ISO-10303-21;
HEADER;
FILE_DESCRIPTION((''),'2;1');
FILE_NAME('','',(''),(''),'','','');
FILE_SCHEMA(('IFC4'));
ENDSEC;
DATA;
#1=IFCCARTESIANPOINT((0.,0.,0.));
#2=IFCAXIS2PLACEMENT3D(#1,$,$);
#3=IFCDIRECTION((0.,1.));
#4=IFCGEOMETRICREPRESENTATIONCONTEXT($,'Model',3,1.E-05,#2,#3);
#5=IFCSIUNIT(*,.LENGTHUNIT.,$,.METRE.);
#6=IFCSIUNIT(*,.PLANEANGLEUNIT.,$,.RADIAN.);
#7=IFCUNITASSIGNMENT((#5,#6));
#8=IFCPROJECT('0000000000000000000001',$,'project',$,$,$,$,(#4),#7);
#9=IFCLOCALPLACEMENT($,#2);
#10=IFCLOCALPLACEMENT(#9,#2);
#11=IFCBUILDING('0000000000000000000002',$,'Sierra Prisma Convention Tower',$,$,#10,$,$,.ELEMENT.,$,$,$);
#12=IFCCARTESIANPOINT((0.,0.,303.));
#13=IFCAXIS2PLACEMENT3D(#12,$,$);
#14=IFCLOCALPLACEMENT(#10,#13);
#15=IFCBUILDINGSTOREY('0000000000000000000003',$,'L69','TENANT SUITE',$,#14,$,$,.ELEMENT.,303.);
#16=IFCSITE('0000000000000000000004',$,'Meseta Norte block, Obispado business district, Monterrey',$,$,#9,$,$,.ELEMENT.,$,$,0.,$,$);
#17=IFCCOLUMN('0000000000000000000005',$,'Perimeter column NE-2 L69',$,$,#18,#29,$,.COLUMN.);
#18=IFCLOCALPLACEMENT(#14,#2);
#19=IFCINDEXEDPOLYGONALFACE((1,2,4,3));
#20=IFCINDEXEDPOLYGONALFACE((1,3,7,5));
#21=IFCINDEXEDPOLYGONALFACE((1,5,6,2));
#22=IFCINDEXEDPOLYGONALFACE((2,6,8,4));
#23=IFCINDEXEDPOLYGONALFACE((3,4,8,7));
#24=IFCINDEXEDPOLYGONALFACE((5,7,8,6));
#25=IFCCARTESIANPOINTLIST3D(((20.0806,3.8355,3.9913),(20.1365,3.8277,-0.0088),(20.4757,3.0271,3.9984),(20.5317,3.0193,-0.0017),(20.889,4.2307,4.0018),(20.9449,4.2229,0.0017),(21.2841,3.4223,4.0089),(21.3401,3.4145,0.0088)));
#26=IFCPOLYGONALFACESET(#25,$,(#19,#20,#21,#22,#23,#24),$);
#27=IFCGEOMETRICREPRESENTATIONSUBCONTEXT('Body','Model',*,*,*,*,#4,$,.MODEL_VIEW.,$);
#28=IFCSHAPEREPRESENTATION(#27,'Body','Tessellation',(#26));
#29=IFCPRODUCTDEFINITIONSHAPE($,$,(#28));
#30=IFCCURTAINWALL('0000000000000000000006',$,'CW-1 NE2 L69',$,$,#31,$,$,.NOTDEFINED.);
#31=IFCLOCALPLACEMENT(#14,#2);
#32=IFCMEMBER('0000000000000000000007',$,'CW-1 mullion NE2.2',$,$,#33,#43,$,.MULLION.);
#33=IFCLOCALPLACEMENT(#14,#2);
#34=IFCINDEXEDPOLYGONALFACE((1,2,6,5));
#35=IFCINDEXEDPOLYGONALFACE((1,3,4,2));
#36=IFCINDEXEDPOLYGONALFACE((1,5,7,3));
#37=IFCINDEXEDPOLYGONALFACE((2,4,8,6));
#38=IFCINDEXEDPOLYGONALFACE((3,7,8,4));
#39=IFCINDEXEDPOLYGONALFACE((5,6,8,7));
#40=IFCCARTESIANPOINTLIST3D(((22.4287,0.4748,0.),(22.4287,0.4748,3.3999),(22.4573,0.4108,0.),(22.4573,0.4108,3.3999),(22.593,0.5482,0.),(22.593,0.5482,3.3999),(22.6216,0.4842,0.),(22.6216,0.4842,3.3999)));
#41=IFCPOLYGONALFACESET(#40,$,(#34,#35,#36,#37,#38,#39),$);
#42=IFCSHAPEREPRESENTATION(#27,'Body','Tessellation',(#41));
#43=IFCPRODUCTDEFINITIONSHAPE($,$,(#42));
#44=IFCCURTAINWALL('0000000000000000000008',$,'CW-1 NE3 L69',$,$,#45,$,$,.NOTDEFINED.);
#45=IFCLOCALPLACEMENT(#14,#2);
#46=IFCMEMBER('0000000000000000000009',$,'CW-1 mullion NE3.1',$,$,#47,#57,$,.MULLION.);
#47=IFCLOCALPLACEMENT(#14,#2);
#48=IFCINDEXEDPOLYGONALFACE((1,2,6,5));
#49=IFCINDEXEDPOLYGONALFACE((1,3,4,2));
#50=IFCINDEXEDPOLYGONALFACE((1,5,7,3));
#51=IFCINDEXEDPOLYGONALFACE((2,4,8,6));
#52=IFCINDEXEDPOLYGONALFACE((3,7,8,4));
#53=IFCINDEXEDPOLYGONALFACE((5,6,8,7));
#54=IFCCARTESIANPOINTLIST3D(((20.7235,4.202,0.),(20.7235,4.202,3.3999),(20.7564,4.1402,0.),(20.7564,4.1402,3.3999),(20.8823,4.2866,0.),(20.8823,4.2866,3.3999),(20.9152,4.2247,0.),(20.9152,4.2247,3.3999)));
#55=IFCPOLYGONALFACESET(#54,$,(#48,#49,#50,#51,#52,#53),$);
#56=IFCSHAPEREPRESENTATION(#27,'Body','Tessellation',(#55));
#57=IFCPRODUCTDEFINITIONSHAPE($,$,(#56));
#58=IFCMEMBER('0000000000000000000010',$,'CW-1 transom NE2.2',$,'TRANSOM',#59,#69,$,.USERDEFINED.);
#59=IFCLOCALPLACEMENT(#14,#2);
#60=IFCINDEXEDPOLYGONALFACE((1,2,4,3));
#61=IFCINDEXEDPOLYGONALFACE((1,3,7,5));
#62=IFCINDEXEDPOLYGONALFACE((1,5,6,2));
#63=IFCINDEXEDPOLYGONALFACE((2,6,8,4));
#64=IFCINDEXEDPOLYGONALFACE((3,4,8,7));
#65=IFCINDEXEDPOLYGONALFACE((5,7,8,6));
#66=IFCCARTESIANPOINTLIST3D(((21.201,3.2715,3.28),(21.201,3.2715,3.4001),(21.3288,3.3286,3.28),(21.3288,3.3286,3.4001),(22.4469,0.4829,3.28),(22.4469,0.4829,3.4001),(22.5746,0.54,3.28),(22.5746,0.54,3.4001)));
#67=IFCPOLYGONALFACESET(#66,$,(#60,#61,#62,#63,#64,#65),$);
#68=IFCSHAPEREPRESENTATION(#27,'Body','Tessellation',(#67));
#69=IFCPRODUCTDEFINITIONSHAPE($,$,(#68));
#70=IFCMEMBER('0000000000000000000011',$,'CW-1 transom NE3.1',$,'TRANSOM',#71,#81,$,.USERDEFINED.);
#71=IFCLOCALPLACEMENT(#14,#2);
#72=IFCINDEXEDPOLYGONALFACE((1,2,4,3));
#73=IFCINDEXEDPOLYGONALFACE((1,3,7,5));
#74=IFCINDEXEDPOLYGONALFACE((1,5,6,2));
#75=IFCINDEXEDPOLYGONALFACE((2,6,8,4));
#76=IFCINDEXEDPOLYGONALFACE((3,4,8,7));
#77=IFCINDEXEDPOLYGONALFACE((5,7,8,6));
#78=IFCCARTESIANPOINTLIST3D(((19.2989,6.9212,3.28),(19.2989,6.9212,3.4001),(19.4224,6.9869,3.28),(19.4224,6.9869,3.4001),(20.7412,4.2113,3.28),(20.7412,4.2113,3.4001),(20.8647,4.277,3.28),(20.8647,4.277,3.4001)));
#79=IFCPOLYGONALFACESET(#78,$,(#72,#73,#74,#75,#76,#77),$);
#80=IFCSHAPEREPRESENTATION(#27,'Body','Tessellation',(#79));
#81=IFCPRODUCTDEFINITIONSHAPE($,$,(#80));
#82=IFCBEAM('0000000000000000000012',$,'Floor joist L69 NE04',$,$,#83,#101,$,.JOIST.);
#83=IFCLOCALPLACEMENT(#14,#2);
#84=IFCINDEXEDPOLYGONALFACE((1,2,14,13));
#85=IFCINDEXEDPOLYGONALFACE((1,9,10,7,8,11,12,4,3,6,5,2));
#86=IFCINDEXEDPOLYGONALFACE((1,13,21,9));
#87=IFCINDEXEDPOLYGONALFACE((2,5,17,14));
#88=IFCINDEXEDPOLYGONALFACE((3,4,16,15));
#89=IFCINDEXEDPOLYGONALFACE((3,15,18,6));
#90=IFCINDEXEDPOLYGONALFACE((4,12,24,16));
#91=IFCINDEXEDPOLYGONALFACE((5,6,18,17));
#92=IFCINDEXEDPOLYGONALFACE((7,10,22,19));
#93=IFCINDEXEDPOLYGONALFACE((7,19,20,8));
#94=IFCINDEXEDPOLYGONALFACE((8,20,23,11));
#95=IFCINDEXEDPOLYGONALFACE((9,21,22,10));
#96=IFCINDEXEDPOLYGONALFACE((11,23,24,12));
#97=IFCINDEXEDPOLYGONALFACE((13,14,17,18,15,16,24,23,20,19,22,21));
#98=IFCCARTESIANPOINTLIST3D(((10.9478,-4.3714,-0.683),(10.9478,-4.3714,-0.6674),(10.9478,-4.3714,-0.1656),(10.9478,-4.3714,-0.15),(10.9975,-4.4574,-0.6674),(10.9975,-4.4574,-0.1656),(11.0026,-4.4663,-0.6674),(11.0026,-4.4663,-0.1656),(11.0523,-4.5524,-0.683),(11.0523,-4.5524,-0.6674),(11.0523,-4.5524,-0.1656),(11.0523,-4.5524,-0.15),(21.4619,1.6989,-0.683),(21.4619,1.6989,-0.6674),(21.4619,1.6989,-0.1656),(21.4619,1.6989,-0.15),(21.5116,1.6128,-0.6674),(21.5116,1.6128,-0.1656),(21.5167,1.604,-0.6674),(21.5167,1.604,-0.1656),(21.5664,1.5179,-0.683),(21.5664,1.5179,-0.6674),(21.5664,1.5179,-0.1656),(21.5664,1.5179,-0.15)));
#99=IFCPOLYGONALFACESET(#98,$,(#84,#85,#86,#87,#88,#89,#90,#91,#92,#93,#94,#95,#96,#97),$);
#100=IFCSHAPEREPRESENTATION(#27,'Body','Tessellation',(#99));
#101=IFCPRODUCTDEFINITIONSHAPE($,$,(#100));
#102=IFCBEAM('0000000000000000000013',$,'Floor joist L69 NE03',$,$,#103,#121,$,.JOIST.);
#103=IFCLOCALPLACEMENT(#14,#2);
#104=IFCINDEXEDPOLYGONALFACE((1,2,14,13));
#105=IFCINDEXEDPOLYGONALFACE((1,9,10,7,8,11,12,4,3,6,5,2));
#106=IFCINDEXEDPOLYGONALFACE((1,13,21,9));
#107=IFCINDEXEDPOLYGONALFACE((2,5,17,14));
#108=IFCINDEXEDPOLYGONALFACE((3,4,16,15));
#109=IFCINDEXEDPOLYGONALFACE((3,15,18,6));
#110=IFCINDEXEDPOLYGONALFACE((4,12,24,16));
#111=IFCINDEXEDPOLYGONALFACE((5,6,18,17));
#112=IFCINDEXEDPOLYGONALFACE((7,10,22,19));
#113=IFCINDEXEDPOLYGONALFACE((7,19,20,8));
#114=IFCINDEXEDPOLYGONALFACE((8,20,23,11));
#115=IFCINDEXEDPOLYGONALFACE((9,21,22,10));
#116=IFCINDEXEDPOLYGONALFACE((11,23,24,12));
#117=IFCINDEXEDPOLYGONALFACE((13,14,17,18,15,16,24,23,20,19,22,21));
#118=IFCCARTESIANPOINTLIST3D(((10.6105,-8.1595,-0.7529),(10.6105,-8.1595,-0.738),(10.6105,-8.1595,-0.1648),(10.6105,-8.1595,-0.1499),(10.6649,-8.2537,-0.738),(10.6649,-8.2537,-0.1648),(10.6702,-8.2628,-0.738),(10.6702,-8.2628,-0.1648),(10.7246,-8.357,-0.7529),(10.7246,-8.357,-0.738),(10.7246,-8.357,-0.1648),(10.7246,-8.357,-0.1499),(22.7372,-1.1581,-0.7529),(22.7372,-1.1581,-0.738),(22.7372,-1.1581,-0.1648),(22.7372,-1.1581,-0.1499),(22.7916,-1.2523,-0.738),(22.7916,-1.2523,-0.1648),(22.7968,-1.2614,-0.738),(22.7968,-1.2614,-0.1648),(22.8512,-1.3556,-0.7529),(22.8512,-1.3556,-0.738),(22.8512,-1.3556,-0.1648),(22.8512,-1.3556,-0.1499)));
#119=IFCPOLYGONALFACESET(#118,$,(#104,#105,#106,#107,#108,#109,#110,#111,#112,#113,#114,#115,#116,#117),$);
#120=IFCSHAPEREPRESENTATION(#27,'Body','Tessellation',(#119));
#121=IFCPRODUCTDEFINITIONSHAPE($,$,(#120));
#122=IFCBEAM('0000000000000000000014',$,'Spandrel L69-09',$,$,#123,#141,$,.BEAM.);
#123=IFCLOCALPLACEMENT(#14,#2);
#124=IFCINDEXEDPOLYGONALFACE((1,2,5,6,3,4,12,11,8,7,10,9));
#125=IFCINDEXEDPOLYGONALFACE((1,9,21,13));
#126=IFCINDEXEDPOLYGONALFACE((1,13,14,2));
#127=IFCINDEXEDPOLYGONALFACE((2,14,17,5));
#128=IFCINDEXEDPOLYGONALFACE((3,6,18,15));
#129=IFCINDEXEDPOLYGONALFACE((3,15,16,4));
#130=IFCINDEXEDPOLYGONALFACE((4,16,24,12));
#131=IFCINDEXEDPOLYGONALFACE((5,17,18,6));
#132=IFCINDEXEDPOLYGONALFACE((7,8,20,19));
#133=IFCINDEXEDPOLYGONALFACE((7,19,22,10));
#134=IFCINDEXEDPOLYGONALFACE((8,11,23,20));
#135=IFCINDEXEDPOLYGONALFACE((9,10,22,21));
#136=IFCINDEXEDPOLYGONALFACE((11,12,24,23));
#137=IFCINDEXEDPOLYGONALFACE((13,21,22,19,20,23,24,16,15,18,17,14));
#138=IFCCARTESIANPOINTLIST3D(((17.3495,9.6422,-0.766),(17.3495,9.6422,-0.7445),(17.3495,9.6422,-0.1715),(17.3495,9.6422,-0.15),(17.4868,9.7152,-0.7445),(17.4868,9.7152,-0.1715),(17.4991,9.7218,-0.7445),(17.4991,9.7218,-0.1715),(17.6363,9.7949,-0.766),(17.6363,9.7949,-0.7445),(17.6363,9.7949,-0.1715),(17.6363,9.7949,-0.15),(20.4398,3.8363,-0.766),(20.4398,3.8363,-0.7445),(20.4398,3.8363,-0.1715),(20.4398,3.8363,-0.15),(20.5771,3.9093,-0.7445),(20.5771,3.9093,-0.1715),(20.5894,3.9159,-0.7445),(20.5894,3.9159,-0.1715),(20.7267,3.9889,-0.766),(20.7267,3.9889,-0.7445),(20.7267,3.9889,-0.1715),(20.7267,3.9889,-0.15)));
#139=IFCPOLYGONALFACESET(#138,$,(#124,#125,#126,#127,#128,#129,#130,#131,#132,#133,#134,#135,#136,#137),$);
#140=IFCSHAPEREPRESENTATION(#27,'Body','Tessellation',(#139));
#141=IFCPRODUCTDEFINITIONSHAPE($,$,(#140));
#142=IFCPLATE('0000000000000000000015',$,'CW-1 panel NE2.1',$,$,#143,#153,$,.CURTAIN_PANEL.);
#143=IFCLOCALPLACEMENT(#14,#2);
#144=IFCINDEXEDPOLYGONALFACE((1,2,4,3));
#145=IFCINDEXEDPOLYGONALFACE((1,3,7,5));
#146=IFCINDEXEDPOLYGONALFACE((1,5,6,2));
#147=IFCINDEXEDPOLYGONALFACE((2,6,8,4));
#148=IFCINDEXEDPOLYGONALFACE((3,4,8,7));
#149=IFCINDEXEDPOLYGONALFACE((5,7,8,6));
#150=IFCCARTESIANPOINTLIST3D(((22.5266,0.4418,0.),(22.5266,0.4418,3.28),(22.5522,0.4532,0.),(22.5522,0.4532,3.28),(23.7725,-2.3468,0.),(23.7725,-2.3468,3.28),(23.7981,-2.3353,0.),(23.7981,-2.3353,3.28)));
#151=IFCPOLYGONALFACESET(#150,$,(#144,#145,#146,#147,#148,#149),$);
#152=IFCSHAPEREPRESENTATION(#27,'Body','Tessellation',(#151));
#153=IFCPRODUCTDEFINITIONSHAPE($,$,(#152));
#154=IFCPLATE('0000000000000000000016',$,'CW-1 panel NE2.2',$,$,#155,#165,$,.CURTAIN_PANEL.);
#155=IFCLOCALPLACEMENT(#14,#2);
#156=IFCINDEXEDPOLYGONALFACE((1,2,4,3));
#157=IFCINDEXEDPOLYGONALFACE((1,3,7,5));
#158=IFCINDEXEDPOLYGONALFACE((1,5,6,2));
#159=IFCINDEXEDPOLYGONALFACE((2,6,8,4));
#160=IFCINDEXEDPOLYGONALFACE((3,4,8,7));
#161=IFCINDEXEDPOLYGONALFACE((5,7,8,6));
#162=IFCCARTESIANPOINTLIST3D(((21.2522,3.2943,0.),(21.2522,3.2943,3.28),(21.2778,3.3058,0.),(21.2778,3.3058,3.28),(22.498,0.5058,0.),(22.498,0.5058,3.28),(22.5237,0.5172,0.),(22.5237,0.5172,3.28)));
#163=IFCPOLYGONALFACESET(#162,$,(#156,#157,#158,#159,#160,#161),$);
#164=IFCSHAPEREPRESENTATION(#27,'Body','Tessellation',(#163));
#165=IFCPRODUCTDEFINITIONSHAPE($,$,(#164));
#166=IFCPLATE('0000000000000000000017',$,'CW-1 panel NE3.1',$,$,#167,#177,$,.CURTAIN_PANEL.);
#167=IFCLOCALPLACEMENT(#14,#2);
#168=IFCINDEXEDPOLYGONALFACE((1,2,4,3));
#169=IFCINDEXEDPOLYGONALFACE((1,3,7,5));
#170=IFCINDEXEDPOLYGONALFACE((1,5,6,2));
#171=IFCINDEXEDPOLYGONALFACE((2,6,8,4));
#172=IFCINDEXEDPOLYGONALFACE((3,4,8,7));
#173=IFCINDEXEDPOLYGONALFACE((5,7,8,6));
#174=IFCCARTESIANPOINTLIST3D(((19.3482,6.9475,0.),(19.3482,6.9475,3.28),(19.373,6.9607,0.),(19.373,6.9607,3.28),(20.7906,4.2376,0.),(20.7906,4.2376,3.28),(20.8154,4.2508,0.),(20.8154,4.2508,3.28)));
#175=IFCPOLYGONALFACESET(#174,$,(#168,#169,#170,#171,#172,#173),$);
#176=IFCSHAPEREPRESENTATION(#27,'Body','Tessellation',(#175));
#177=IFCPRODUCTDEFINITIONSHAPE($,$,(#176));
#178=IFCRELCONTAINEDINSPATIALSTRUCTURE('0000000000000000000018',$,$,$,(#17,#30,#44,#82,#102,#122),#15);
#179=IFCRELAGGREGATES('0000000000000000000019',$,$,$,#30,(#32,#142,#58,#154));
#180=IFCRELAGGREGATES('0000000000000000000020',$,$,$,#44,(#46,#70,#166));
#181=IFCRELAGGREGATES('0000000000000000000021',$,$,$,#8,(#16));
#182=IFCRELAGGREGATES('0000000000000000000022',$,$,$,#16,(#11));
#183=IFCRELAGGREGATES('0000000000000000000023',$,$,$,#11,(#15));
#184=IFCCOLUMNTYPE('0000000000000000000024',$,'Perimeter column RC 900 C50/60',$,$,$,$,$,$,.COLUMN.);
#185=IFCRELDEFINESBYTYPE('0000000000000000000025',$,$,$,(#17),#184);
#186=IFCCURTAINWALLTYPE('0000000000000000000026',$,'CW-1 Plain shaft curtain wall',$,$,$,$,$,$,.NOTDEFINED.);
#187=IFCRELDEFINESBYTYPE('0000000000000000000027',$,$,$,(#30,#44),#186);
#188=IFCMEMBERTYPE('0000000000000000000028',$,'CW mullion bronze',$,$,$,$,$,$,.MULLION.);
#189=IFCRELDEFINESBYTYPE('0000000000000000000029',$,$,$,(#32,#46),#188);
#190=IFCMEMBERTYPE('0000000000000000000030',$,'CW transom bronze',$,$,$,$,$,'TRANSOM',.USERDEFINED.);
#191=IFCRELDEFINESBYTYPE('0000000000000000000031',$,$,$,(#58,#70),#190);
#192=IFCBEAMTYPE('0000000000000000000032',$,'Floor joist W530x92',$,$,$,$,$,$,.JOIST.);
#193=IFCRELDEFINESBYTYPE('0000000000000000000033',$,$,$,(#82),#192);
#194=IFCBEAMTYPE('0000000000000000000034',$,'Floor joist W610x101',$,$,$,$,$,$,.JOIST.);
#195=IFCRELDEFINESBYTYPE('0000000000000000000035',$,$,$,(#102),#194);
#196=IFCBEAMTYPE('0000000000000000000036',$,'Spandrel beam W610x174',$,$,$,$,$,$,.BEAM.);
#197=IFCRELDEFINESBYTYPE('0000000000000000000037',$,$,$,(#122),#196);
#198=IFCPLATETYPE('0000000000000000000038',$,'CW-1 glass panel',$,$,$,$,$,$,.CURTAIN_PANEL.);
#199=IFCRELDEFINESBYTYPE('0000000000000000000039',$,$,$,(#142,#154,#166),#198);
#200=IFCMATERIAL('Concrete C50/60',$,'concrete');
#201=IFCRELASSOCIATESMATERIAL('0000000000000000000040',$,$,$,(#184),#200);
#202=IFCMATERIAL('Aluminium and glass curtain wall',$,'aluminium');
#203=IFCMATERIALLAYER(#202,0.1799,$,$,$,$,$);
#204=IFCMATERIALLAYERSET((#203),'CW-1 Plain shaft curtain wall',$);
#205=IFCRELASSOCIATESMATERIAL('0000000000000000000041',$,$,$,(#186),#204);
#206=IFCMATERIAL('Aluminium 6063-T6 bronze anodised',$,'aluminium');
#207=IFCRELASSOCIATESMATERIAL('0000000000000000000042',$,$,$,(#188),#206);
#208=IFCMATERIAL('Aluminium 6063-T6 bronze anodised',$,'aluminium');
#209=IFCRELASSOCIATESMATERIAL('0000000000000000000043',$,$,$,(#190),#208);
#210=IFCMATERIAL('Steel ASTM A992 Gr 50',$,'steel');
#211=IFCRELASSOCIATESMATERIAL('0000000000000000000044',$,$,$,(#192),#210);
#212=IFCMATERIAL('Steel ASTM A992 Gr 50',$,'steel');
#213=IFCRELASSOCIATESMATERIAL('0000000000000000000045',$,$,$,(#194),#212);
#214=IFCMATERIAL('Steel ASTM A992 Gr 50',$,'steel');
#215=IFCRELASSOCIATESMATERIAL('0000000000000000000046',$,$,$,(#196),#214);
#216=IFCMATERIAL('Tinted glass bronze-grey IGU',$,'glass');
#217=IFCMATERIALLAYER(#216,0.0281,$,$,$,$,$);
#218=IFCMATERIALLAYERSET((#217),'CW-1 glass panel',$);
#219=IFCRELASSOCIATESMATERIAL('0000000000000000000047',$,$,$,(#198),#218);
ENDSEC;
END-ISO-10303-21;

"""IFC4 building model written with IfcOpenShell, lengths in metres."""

from ifc_helpers import new_model, si_unit, direction, frame, origin, origin_2d, place, context, subcontext, project, spatial, rectangle, i_section, extrude, material, layer, layer_set, material_profile, profile_set, type_object, element, aggregate, save


model = new_model("IFC4")

# Units and contexts
model_context = context("Model", 3, precision=1e-05, world=origin(), true_north=direction((0.0, 1.0)))
body_context = subcontext(model_context, "Body", "Model", "MODEL_VIEW")
ifc_project = project(units=[si_unit("LENGTHUNIT", "METRE"), si_unit("PLANEANGLEUNIT", "RADIAN")], contexts=[model_context])

# Site, building, storey
site_placement = place(None, origin())
site = spatial("IfcSite", under=ifc_project, at=site_placement, Name="Meseta Norte block, Obispado business district, Monterrey", CompositionType="ELEMENT", RefElevation=0.0)
building_placement = place(site_placement, origin())
building = spatial("IfcBuilding", under=site, at=building_placement, Name="Sierra Prisma Convention Tower", CompositionType="ELEMENT")
storey_placement = place(building_placement, frame((0.0, 0.0, 303.0)))
storey = spatial("IfcBuildingStorey", under=building, at=storey_placement, Name="L69", Description="TENANT SUITE", CompositionType="ELEMENT", Elevation=303.0)

# Column
ifc_material_1 = material(Name="Concrete C50/60", Category="concrete")
ifc_material_profile_1 = material_profile(ifc_material_1, rectangle(XDim=0.8999, YDim=0.8999, at=origin_2d()), Name="Perimeter column RC 900 C50/60")
ifc_profile_set_1 = profile_set([ifc_material_profile_1], Name="Concrete C50/60")
column_type = type_object("IfcColumnType", Name="Perimeter column RC 900 C50/60", PredefinedType="COLUMN", material=ifc_profile_set_1)
column_placement = place(storey_placement, frame((20.7383, 3.6211, 0.0), z_axis=(-0.013976, 0.001953, 0.9999), x_axis=(-0.4391, 0.898404, -0.007892)))
element("IfcColumn", 1, at=column_placement, inside=storey, type_object=column_type, Name="Perimeter column NE-2 L69", PredefinedType="COLUMN", context=body_context, shape_type="SweptSolid", body=[
    extrude(rectangle(XDim=0.8999, YDim=0.8999, at=origin_2d()), origin(), (0.0, 0.0, 1.0), 4.0005),
])

# Curtain walls, members
ifc_material_2 = material(Name="Aluminium and glass curtain wall", Category="aluminium")
ifc_layer_1 = layer(ifc_material_2, 0.1799)
ifc_layer_set_1 = layer_set([ifc_layer_1], Name="CW-1 Plain shaft curtain wall")
curtain_wall_type = type_object("IfcCurtainWallType", Name="CW-1 Plain shaft curtain wall", PredefinedType="NOTDEFINED", material=ifc_layer_set_1)
curtain_wall_1_placement = place(storey_placement, origin())
curtain_wall_1 = element("IfcCurtainWall", 2, at=curtain_wall_1_placement, inside=storey, type_object=curtain_wall_type, Name="CW-1 NE2 L69", PredefinedType="NOTDEFINED")
ifc_material_3 = material(Name="Aluminium 6063-T6 bronze anodised", Category="aluminium")
ifc_material_profile_2 = material_profile(ifc_material_3, rectangle(XDim=0.1799, YDim=0.0701, at=origin_2d()), Name="ALU MULLION 70x180")
ifc_profile_set_2 = profile_set([ifc_material_profile_2], Name="Aluminium 6063-T6 bronze anodised")
member_type_1 = type_object("IfcMemberType", Name="CW mullion bronze", PredefinedType="MULLION", material=ifc_profile_set_2)
member_1_placement = place(storey_placement, frame((22.5251, 0.4795, 0.0), z_axis=(0.0, 0.0, 1.0), x_axis=(-0.91302, -0.407914, 0.0)))
member_1 = element("IfcMember", 3, at=member_1_placement, type_object=member_type_1, Name="CW-1 mullion NE2.2", PredefinedType="MULLION", context=body_context, shape_type="SweptSolid", body=[
    extrude(rectangle(XDim=0.1799, YDim=0.0701, at=origin_2d()), origin(), (0.0, 0.0, 1.0), 3.3999),
])
curtain_wall_2_placement = place(storey_placement, origin())
curtain_wall_2 = element("IfcCurtainWall", 4, at=curtain_wall_2_placement, inside=storey, type_object=curtain_wall_type, Name="CW-1 NE3 L69", PredefinedType="NOTDEFINED")
member_2_placement = place(storey_placement, frame((20.8193, 4.2134, 0.0), z_axis=(0.0, 0.0, 1.0), x_axis=(-0.882746, -0.469851, 0.0)))
member_2 = element("IfcMember", 5, at=member_2_placement, type_object=member_type_1, Name="CW-1 mullion NE3.1", PredefinedType="MULLION", context=body_context, shape_type="SweptSolid", body=[
    extrude(rectangle(XDim=0.1799, YDim=0.0701, at=origin_2d()), origin(), (0.0, 0.0, 1.0), 3.3999),
])

# Members
ifc_material_4 = material(Name="Aluminium 6063-T6 bronze anodised", Category="aluminium")
ifc_material_profile_3 = material_profile(ifc_material_4, rectangle(XDim=0.1399, YDim=0.1201, at=origin_2d()), Name="ALU TRANSOM 120x140")
ifc_profile_set_3 = profile_set([ifc_material_profile_3], Name="Aluminium 6063-T6 bronze anodised")
member_type_2 = type_object("IfcMemberType", Name="CW transom bronze", ElementType="TRANSOM", PredefinedType="USERDEFINED", material=ifc_profile_set_3)
member_3_placement = place(storey_placement, frame((22.5107, 0.5115, 3.3401), z_axis=(-0.40791, 0.913022, 0.0), x_axis=(-0.913022, -0.40791, 0.0)))
member_3 = element("IfcMember", 6, at=member_3_placement, type_object=member_type_2, Name="CW-1 transom NE2.2", ObjectType="TRANSOM", PredefinedType="USERDEFINED", context=body_context, shape_type="SweptSolid", body=[
    extrude(rectangle(XDim=0.1399, YDim=0.1201, at=origin_2d()), origin(), (0.0, 0.0, 1.0), 3.0542),
])
member_4_placement = place(storey_placement, frame((20.803, 4.2441, 3.3401), z_axis=(-0.469845, 0.882749, 0.0), x_axis=(-0.882749, -0.469845, 0.0)))
member_4 = element("IfcMember", 7, at=member_4_placement, type_object=member_type_2, Name="CW-1 transom NE3.1", ObjectType="TRANSOM", PredefinedType="USERDEFINED", context=body_context, shape_type="SweptSolid", body=[
    extrude(rectangle(XDim=0.1399, YDim=0.1201, at=origin_2d()), origin(), (0.0, 0.0, 1.0), 3.0698),
])

# Beams
ifc_material_5 = material(Name="Steel ASTM A992 Gr 50", Category="steel")
ifc_material_profile_4 = material_profile(ifc_material_5, i_section(OverallWidth=0.209, OverallDepth=0.533, WebThickness=0.0103, FlangeThickness=0.0156, at=origin_2d()), Name="W530x92")
ifc_profile_set_4 = profile_set([ifc_material_profile_4], Name="Steel ASTM A992 Gr 50")
beam_type_1 = type_object("IfcBeamType", Name="Floor joist W530x92", PredefinedType="JOIST", material=ifc_profile_set_4)
beam_1_placement = place(storey_placement, frame((21.5142, 1.6084, -0.4165), z_axis=(-0.866027, -0.499997, 0.0), x_axis=(0.499997, -0.866027, 0.0)))
element("IfcBeam", 8, at=beam_1_placement, inside=storey, type_object=beam_type_1, Name="Floor joist L69 NE04", PredefinedType="JOIST", context=body_context, shape_type="SweptSolid", body=[
    extrude(i_section(OverallWidth=0.209, OverallDepth=0.533, WebThickness=0.0103, FlangeThickness=0.0156, at=origin_2d()), origin(), (0.0, 0.0, 1.0), 12.1406),
])
ifc_material_6 = material(Name="Steel ASTM A992 Gr 50", Category="steel")
ifc_material_profile_5 = material_profile(ifc_material_6, i_section(OverallWidth=0.228, OverallDepth=0.603, WebThickness=0.0105, FlangeThickness=0.0149, at=origin_2d()), Name="W610x101")
ifc_profile_set_5 = profile_set([ifc_material_profile_5], Name="Steel ASTM A992 Gr 50")
beam_type_2 = type_object("IfcBeamType", Name="Floor joist W610x101", PredefinedType="JOIST", material=ifc_profile_set_5)
beam_2_placement = place(storey_placement, frame((22.7942, -1.2568, -0.4514), z_axis=(-0.866022, -0.500006, 0.0), x_axis=(0.500006, -0.866022, 0.0)))
element("IfcBeam", 9, at=beam_2_placement, inside=storey, type_object=beam_type_2, Name="Floor joist L69 NE03", PredefinedType="JOIST", context=body_context, shape_type="SweptSolid", body=[
    extrude(i_section(OverallWidth=0.228, OverallDepth=0.603, WebThickness=0.0105, FlangeThickness=0.0149, at=origin_2d()), origin(), (0.0, 0.0, 1.0), 14.0027),
])
ifc_material_7 = material(Name="Steel ASTM A992 Gr 50", Category="steel")
ifc_material_profile_6 = material_profile(ifc_material_7, i_section(OverallWidth=0.325, OverallDepth=0.616, WebThickness=0.0139, FlangeThickness=0.0215, at=origin_2d()), Name="W610x174")
ifc_profile_set_6 = profile_set([ifc_material_profile_6], Name="Steel ASTM A992 Gr 50")
beam_type_3 = type_object("IfcBeamType", Name="Spandrel beam W610x174", PredefinedType="BEAM", material=ifc_profile_set_6)
beam_3_placement = place(storey_placement, frame((20.5833, 3.9126, -0.458), z_axis=(-0.46986, 0.882741, 0.0), x_axis=(-0.882741, -0.46986, 0.0)))
element("IfcBeam", 10, at=beam_3_placement, inside=storey, type_object=beam_type_3, Name="Spandrel L69-09", PredefinedType="BEAM", context=body_context, shape_type="SweptSolid", body=[
    extrude(i_section(OverallWidth=0.325, OverallDepth=0.616, WebThickness=0.0139, FlangeThickness=0.0215, at=origin_2d()), origin(), (0.0, 0.0, 1.0), 6.5771),
])

# Plates
ifc_material_8 = material(Name="Tinted glass bronze-grey IGU", Category="glass")
ifc_layer_2 = layer(ifc_material_8, 0.0281)
ifc_layer_set_2 = layer_set([ifc_layer_2], Name="CW-1 glass panel")
plate_type = type_object("IfcPlateType", Name="CW-1 glass panel", PredefinedType="CURTAIN_PANEL", material=ifc_layer_set_2)
plate_1_placement = place(storey_placement, frame((23.1624, -0.9468, 0.0), z_axis=(0.0, 0.0, 1.0), x_axis=(-0.407914, 0.91302, 0.0)))
plate_1 = element("IfcPlate", 11, at=plate_1_placement, type_object=plate_type, Name="CW-1 panel NE2.1", PredefinedType="CURTAIN_PANEL", context=body_context, shape_type="SweptSolid", body=[
    extrude(rectangle(XDim=3.0542, YDim=0.0281, at=origin_2d()), origin(), (0.0, 0.0, 1.0), 3.28),
])
plate_2_placement = place(storey_placement, frame((21.8879, 1.9058, 0.0), z_axis=(0.0, 0.0, 1.0), x_axis=(-0.407914, 0.91302, 0.0)))
plate_2 = element("IfcPlate", 12, at=plate_2_placement, type_object=plate_type, Name="CW-1 panel NE2.2", PredefinedType="CURTAIN_PANEL", context=body_context, shape_type="SweptSolid", body=[
    extrude(rectangle(XDim=3.0542, YDim=0.0281, at=origin_2d()), origin(), (0.0, 0.0, 1.0), 3.28),
])
aggregate(curtain_wall_1, [member_1, plate_1, member_3, plate_2])
plate_3_placement = place(storey_placement, frame((20.0818, 5.5991, 0.0), z_axis=(0.0, 0.0, 1.0), x_axis=(-0.469851, 0.882746, 0.0)))
plate_3 = element("IfcPlate", 13, at=plate_3_placement, type_object=plate_type, Name="CW-1 panel NE3.1", PredefinedType="CURTAIN_PANEL", context=body_context, shape_type="SweptSolid", body=[
    extrude(rectangle(XDim=3.0698, YDim=0.0281, at=origin_2d()), origin(), (0.0, 0.0, 1.0), 3.28),
])
aggregate(curtain_wall_2, [member_2, member_4, plate_3])

save(model, "model.ifc")
